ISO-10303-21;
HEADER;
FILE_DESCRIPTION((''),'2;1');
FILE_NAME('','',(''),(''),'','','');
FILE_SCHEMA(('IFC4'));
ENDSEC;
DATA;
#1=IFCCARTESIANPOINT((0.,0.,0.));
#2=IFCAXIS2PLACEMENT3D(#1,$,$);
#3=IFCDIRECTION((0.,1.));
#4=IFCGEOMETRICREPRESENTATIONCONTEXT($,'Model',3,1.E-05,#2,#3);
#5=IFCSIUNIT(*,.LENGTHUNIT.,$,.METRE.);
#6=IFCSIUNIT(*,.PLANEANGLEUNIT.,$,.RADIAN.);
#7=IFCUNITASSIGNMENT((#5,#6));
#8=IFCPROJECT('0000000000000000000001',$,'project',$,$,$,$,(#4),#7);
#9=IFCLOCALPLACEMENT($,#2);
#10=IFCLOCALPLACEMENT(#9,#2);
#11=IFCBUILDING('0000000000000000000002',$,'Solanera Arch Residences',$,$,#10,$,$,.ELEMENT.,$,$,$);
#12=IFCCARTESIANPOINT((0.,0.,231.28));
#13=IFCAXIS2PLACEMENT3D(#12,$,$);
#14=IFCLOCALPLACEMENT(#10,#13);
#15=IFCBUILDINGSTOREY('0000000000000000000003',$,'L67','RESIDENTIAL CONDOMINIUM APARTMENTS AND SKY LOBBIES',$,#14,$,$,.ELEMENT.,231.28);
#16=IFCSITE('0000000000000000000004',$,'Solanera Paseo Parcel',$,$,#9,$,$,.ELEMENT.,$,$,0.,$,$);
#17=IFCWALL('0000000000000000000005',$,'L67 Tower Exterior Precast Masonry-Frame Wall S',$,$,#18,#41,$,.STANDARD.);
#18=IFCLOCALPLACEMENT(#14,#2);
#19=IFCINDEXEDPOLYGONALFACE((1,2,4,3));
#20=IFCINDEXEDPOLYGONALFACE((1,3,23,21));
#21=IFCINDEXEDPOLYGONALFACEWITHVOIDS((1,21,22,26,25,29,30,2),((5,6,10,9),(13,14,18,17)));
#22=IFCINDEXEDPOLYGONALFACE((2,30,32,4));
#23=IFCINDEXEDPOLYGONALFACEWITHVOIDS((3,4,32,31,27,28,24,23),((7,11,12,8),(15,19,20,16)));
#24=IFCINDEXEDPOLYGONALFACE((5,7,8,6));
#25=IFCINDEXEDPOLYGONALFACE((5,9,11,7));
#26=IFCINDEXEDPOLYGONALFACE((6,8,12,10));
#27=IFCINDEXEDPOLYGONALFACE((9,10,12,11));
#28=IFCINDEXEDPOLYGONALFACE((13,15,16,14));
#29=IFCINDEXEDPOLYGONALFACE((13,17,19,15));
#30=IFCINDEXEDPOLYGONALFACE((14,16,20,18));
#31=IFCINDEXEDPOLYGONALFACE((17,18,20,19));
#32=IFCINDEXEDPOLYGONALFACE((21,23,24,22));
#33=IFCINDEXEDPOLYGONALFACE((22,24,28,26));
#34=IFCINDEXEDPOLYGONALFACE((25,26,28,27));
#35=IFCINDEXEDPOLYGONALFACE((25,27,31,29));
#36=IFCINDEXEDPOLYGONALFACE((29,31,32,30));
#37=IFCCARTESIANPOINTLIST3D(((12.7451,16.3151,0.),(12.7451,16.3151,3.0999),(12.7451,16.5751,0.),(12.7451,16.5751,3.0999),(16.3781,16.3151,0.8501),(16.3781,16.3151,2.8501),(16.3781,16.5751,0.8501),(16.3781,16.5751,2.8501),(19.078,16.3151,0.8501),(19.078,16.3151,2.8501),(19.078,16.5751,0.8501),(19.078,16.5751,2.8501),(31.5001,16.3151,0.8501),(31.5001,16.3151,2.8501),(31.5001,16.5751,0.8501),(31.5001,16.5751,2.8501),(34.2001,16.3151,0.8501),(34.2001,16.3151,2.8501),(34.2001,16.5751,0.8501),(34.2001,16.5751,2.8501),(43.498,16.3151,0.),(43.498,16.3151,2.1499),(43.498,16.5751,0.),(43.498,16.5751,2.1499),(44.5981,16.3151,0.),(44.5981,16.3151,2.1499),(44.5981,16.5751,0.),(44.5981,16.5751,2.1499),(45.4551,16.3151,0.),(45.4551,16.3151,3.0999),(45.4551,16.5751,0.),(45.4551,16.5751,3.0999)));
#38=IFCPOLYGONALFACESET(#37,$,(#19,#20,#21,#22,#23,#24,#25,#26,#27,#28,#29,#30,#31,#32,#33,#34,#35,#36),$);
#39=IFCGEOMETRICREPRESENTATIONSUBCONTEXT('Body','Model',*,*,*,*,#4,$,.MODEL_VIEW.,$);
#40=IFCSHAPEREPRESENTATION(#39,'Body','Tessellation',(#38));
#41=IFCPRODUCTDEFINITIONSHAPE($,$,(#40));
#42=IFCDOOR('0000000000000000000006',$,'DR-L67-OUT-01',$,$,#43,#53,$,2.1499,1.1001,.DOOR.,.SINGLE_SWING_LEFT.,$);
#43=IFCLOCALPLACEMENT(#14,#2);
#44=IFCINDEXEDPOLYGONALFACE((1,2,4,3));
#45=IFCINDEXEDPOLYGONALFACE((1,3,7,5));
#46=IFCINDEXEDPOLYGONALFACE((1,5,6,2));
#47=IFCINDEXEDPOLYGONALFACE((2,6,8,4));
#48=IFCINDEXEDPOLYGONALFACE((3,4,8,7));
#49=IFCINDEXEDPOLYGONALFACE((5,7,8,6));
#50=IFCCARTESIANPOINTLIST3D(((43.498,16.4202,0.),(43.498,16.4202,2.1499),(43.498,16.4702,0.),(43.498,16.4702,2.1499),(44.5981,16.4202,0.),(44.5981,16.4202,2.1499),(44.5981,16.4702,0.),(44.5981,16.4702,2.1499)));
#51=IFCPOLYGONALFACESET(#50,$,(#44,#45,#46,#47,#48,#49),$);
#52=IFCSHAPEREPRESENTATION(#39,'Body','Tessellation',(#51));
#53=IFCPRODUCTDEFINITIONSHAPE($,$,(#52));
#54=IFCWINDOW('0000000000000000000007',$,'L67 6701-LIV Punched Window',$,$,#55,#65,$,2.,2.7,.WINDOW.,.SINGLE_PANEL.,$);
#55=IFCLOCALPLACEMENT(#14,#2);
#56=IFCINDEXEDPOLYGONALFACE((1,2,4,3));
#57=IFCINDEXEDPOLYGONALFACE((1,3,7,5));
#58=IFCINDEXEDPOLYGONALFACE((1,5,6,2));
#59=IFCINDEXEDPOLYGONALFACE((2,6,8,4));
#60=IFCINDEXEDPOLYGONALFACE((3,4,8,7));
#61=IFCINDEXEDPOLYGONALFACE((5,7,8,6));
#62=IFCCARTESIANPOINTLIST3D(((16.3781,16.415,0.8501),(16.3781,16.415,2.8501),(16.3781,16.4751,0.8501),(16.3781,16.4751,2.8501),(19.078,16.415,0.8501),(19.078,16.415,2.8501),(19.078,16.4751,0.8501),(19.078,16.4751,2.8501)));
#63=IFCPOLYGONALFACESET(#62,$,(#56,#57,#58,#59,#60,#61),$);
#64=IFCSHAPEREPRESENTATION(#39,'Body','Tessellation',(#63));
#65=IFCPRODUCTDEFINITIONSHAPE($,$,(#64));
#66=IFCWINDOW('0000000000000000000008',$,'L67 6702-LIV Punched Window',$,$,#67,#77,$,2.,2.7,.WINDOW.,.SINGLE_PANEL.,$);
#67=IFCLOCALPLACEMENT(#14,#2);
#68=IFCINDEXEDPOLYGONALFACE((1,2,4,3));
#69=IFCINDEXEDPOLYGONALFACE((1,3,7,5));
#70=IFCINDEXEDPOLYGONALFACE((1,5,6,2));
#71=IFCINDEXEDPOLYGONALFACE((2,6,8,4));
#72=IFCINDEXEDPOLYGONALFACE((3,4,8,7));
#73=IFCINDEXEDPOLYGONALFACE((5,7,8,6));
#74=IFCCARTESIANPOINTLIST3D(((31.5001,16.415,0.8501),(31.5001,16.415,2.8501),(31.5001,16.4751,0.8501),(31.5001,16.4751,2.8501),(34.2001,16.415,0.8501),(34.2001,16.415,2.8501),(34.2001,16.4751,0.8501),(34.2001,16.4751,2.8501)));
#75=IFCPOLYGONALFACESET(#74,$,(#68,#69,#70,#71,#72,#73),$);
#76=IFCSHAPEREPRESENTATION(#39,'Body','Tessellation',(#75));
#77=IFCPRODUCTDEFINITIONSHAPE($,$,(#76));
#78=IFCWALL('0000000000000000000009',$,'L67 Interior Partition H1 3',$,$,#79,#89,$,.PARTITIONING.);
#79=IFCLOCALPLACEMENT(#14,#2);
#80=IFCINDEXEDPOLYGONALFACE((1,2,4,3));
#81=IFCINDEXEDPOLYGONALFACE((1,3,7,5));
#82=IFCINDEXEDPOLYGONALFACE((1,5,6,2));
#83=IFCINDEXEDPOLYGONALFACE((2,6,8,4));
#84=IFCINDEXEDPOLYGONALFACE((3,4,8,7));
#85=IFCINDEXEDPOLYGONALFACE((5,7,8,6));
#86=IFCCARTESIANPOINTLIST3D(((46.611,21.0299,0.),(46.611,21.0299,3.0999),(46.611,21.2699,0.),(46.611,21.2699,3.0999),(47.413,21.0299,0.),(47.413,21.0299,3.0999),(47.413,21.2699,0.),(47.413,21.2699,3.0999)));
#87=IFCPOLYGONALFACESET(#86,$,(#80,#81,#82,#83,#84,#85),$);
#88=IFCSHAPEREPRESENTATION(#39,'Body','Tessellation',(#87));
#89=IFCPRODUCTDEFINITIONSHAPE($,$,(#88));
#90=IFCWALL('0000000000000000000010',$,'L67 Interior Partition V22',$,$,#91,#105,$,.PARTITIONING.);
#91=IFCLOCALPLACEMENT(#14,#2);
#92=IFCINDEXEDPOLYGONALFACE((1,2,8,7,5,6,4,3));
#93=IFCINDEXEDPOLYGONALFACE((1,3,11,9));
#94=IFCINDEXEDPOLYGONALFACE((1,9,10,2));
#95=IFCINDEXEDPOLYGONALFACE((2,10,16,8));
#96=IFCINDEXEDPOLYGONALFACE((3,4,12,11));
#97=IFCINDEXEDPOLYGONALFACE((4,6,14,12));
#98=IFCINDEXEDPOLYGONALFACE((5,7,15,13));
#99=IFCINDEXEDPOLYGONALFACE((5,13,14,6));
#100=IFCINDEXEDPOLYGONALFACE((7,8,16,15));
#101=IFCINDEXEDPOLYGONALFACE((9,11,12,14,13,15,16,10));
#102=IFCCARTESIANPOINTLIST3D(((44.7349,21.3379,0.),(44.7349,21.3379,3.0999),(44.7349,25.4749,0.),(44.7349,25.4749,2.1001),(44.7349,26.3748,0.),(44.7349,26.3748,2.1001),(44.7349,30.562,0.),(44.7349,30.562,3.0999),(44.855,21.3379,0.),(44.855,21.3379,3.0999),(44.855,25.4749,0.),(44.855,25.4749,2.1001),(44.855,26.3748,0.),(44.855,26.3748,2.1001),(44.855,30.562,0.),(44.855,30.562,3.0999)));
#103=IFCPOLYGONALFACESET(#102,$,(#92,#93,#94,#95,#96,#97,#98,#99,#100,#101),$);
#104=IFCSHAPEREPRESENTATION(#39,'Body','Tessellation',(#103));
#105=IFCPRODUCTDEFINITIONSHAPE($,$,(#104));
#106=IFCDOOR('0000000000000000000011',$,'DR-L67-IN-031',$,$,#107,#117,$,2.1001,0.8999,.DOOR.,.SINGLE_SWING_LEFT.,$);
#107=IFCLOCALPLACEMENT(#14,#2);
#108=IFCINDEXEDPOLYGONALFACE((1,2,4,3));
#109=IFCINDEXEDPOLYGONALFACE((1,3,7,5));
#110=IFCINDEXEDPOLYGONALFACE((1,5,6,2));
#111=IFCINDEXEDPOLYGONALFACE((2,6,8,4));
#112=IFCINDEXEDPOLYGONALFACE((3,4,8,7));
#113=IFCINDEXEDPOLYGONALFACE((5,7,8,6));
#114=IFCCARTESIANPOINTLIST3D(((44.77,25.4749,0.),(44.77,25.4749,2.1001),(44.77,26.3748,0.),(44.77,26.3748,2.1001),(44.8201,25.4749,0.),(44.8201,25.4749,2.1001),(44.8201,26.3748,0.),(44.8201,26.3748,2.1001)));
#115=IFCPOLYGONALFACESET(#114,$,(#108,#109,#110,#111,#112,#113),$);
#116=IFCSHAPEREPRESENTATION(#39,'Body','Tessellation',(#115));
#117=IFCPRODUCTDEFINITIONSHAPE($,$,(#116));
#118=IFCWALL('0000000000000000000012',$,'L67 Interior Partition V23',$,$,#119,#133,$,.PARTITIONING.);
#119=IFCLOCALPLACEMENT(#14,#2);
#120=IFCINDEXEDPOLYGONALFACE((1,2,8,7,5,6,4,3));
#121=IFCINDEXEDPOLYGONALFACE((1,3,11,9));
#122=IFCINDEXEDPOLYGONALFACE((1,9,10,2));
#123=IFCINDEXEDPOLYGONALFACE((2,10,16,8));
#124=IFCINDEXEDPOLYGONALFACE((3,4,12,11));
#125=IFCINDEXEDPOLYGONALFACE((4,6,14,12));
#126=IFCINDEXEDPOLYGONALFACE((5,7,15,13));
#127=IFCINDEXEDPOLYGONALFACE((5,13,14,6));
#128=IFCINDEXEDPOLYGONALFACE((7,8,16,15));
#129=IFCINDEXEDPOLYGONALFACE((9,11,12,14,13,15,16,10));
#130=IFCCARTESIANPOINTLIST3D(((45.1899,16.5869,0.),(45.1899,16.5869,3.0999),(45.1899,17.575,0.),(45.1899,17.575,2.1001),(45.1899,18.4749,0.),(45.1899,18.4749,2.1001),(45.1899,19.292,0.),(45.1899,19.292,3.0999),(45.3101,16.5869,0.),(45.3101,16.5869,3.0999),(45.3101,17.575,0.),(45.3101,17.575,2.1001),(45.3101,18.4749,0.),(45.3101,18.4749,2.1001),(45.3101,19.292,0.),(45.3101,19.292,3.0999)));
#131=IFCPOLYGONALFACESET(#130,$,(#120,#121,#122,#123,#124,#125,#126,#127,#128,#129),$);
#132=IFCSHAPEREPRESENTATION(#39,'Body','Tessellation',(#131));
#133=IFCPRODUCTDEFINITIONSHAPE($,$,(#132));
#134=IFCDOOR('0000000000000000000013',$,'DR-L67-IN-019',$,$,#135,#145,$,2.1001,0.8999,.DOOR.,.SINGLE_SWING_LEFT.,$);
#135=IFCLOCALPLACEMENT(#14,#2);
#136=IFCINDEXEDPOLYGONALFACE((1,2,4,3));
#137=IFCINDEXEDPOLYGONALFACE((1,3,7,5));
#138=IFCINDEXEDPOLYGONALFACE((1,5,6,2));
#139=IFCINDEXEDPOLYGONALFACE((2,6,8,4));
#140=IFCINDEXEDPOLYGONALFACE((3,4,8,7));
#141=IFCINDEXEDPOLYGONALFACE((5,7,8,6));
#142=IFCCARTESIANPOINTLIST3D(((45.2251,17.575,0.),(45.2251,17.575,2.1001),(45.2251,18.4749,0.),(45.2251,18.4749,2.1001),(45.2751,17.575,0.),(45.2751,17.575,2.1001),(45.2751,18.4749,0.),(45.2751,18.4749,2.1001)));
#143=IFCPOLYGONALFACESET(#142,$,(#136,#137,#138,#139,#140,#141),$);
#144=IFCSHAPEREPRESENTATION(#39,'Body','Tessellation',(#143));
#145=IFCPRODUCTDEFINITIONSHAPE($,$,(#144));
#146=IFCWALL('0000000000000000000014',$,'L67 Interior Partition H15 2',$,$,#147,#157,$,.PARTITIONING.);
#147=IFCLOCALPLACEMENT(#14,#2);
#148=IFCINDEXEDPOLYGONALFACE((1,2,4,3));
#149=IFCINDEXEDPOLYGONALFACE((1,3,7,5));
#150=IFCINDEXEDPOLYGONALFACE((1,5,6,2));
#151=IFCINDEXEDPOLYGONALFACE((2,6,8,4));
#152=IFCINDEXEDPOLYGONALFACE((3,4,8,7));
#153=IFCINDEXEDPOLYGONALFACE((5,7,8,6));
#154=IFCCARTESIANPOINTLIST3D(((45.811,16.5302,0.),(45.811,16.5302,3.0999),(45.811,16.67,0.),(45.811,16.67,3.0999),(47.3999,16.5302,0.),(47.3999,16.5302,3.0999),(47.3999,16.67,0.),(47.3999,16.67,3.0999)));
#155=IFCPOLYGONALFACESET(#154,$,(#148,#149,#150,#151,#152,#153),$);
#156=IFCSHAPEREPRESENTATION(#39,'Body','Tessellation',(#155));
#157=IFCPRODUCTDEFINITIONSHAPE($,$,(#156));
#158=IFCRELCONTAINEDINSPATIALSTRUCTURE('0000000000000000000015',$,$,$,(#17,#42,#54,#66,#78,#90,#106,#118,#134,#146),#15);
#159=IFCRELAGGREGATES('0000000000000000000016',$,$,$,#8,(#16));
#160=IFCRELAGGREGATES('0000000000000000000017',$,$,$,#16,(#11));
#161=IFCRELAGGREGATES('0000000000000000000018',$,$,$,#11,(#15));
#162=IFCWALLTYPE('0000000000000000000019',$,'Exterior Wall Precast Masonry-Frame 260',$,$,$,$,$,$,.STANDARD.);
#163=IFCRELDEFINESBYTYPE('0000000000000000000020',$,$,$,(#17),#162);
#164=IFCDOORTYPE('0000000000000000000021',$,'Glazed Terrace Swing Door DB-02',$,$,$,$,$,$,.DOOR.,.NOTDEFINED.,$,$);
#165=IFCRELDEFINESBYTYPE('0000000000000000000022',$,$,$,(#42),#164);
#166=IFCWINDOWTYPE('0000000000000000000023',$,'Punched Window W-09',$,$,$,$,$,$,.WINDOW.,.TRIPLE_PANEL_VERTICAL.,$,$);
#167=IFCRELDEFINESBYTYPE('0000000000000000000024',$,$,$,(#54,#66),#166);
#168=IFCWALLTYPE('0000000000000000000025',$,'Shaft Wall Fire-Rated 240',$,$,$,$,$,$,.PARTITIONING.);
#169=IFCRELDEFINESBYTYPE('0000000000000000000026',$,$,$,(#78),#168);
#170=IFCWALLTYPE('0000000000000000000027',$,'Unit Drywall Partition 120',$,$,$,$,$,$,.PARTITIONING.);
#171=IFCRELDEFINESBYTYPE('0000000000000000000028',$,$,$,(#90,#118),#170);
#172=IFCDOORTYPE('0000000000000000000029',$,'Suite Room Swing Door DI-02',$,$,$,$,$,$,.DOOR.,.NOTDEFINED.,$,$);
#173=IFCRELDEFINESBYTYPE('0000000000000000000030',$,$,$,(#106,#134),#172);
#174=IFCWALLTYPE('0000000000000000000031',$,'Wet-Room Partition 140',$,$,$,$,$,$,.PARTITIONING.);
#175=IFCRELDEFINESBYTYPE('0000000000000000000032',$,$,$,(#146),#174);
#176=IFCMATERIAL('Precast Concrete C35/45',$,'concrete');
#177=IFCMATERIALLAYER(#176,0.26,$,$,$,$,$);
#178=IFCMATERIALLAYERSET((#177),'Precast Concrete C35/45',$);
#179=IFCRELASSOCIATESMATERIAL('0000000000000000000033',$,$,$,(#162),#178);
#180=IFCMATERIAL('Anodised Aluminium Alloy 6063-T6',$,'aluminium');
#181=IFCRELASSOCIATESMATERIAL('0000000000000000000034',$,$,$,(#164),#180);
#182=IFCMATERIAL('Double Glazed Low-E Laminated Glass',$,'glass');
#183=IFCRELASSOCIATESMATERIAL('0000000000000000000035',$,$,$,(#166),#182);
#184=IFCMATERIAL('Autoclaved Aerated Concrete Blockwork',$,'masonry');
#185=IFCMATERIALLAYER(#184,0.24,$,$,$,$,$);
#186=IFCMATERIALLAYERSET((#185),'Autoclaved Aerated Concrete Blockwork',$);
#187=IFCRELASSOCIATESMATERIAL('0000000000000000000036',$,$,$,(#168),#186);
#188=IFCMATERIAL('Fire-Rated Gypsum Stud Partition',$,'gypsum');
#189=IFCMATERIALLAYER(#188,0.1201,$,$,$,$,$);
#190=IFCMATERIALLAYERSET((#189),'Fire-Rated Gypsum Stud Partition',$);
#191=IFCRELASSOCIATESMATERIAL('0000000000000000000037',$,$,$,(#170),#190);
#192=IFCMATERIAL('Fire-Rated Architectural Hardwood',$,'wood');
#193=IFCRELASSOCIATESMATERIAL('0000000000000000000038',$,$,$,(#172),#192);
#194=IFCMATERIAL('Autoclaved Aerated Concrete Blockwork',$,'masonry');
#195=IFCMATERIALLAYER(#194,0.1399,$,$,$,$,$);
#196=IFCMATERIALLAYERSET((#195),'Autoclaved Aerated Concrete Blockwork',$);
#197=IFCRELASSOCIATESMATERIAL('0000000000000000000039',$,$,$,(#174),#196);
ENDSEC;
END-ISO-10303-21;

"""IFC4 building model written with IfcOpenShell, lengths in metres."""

from ifc_helpers import new_model, si_unit, direction, frame, frame_2d, origin, place, context, subcontext, project, spatial, rectangle, extrude, material, layer, layer_set, type_object, element, fill, save


model = new_model("IFC4")

# Units and contexts
model_context = context("Model", 3, precision=1e-05, world=origin(), true_north=direction((0.0, 1.0)))
body_context = subcontext(model_context, "Body", "Model", "MODEL_VIEW")
ifc_project = project(units=[si_unit("LENGTHUNIT", "METRE"), si_unit("PLANEANGLEUNIT", "RADIAN")], contexts=[model_context])

# Site, building, storey
site_placement = place(None, origin())
site = spatial("IfcSite", under=ifc_project, at=site_placement, Name="Solanera Paseo Parcel", CompositionType="ELEMENT", RefElevation=0.0)
building_placement = place(site_placement, origin())
building = spatial("IfcBuilding", under=site, at=building_placement, Name="Solanera Arch Residences", CompositionType="ELEMENT")
storey_placement = place(building_placement, frame((0.0, 0.0, 231.28)))
storey = spatial("IfcBuildingStorey", under=building, at=storey_placement, Name="L67", Description="RESIDENTIAL CONDOMINIUM APARTMENTS AND SKY LOBBIES", CompositionType="ELEMENT", Elevation=231.28)

# Shared definitions
ifc_material_1 = material(Name="Precast Concrete C35/45", Category="concrete")
ifc_layer_1 = layer(ifc_material_1, 0.26)
ifc_layer_set_1 = layer_set([ifc_layer_1], Name="Precast Concrete C35/45")
wall_type_1 = type_object("IfcWallType", Name="Exterior Wall Precast Masonry-Frame 260", PredefinedType="STANDARD", material=ifc_layer_set_1)

# Wall, openings, door, windows
wall_1_placement = place(storey_placement, frame((45.4551, 16.4451, 0.0), z_axis=(0.0, 0.0, 1.0), x_axis=(-1.0, 0.0, 0.0)))
wall_1 = element("IfcWall", 1, at=wall_1_placement, inside=storey, type_object=wall_type_1, Name="L67 Tower Exterior Precast Masonry-Frame Wall S", PredefinedType="STANDARD", context=body_context, shape_type="SweptSolid", body=[
    extrude(rectangle(XDim=32.71, YDim=0.26, at=frame_2d((16.355, 0.0))), origin(), (0.0, 0.0, 1.0), 3.0999),
])
opening_1_placement = place(wall_1_placement, frame((0.8569, 0.0, 0.0)))
opening_1 = element("IfcOpeningElement", 2, at=opening_1_placement, cuts=wall_1, PredefinedType="OPENING", context=body_context, shape_type="SweptSolid", body=[
    extrude(rectangle(XDim=1.1001, YDim=2.1499, at=frame_2d((0.55, 1.075))), frame((0.0, 0.1399, 0.0), z_axis=(0.0, -1.0, 0.0), x_axis=(1.0, 0.0, 0.0)), (0.0, 0.0, 1.0), 0.28),
])
opening_2_placement = place(wall_1_placement, frame((26.377, 0.0, 0.8501)))
opening_2 = element("IfcOpeningElement", 3, at=opening_2_placement, cuts=wall_1, PredefinedType="OPENING", context=body_context, shape_type="SweptSolid", body=[
    extrude(rectangle(XDim=2.7, YDim=2.0, at=frame_2d((1.3501, 1.0))), frame((0.0, 0.1399, 0.0), z_axis=(0.0, -1.0, 0.0), x_axis=(1.0, 0.0, 0.0)), (0.0, 0.0, 1.0), 0.28),
])
opening_3_placement = place(wall_1_placement, frame((11.2549, 0.0, 0.8501)))
opening_3 = element("IfcOpeningElement", 4, at=opening_3_placement, cuts=wall_1, PredefinedType="OPENING", context=body_context, shape_type="SweptSolid", body=[
    extrude(rectangle(XDim=2.7, YDim=2.0, at=frame_2d((1.3501, 1.0))), frame((0.0, 0.1399, 0.0), z_axis=(0.0, -1.0, 0.0), x_axis=(1.0, 0.0, 0.0)), (0.0, 0.0, 1.0), 0.28),
])
ifc_material_2 = material(Name="Anodised Aluminium Alloy 6063-T6", Category="aluminium")
door_type_1 = type_object("IfcDoorType", Name="Glazed Terrace Swing Door DB-02", OperationType="NOTDEFINED", PredefinedType="DOOR", material=ifc_material_2)
door_1_placement = place(opening_1_placement, origin())
door_1 = element("IfcDoor", 5, at=door_1_placement, inside=storey, type_object=door_type_1, Name="DR-L67-OUT-01", OperationType="SINGLE_SWING_LEFT", OverallHeight=2.1499, OverallWidth=1.1001, PredefinedType="DOOR", context=body_context, shape_type="SweptSolid", body=[
    extrude(rectangle(XDim=1.1001, YDim=2.1499, at=frame_2d((0.55, 1.075))), frame((0.0, 0.0249, 0.0), z_axis=(0.0, -1.0, 0.0), x_axis=(1.0, 0.0, 0.0)), (0.0, 0.0, 1.0), 0.05),
])
fill(opening_1, door_1)
ifc_material_3 = material(Name="Double Glazed Low-E Laminated Glass", Category="glass")
window_type = type_object("IfcWindowType", Name="Punched Window W-09", PartitioningType="TRIPLE_PANEL_VERTICAL", PredefinedType="WINDOW", material=ifc_material_3)
window_1_placement = place(opening_2_placement, origin())
window_1 = element("IfcWindow", 6, at=window_1_placement, inside=storey, type_object=window_type, Name="L67 6701-LIV Punched Window", OverallHeight=2.0, OverallWidth=2.7, PartitioningType="SINGLE_PANEL", PredefinedType="WINDOW", context=body_context, shape_type="SweptSolid", body=[
    extrude(rectangle(XDim=2.7, YDim=2.0, at=frame_2d((1.3501, 1.0))), frame((0.0, 0.03, 0.0), z_axis=(0.0, -1.0, 0.0), x_axis=(1.0, 0.0, 0.0)), (0.0, 0.0, 1.0), 0.0601),
])
fill(opening_2, window_1)
window_2_placement = place(opening_3_placement, origin())
window_2 = element("IfcWindow", 7, at=window_2_placement, inside=storey, type_object=window_type, Name="L67 6702-LIV Punched Window", OverallHeight=2.0, OverallWidth=2.7, PartitioningType="SINGLE_PANEL", PredefinedType="WINDOW", context=body_context, shape_type="SweptSolid", body=[
    extrude(rectangle(XDim=2.7, YDim=2.0, at=frame_2d((1.3501, 1.0))), frame((0.0, 0.03, 0.0), z_axis=(0.0, -1.0, 0.0), x_axis=(1.0, 0.0, 0.0)), (0.0, 0.0, 1.0), 0.0601),
])
fill(opening_3, window_2)

# Wall
ifc_material_4 = material(Name="Autoclaved Aerated Concrete Blockwork", Category="masonry")
ifc_layer_2 = layer(ifc_material_4, 0.24)
ifc_layer_set_2 = layer_set([ifc_layer_2], Name="Autoclaved Aerated Concrete Blockwork")
wall_type_2 = type_object("IfcWallType", Name="Shaft Wall Fire-Rated 240", PredefinedType="PARTITIONING", material=ifc_layer_set_2)
wall_2_placement = place(storey_placement, frame((46.6111, 21.1499, 0.0), z_axis=(0.0, 0.0, 1.0), x_axis=(1.0, 0.0, 0.0)))
element("IfcWall", 8, at=wall_2_placement, inside=storey, type_object=wall_type_2, Name="L67 Interior Partition H1 3", PredefinedType="PARTITIONING", context=body_context, shape_type="SweptSolid", body=[
    extrude(rectangle(XDim=0.802, YDim=0.24, at=frame_2d((0.4009, 0.0))), origin(), (0.0, 0.0, 1.0), 3.0999),
])

# Walls, openings, doors
ifc_material_5 = material(Name="Fire-Rated Gypsum Stud Partition", Category="gypsum")
ifc_layer_3 = layer(ifc_material_5, 0.1201)
ifc_layer_set_3 = layer_set([ifc_layer_3], Name="Fire-Rated Gypsum Stud Partition")
wall_type_3 = type_object("IfcWallType", Name="Unit Drywall Partition 120", PredefinedType="PARTITIONING", material=ifc_layer_set_3)
wall_3_placement = place(storey_placement, frame((44.7949, 21.3379, 0.0), z_axis=(0.0, 0.0, 1.0), x_axis=(0.0, 1.0, 0.0)))
wall_3 = element("IfcWall", 9, at=wall_3_placement, inside=storey, type_object=wall_type_3, Name="L67 Interior Partition V22", PredefinedType="PARTITIONING", context=body_context, shape_type="SweptSolid", body=[
    extrude(rectangle(XDim=9.2241, YDim=0.1201, at=frame_2d((4.6121, 0.0))), origin(), (0.0, 0.0, 1.0), 3.0999),
])
opening_4_placement = place(wall_3_placement, frame((4.137, 0.0, 0.0)))
opening_4 = element("IfcOpeningElement", 10, at=opening_4_placement, cuts=wall_3, PredefinedType="OPENING", context=body_context, shape_type="SweptSolid", body=[
    extrude(rectangle(XDim=0.8999, YDim=2.1001, at=frame_2d((0.45, 1.05))), frame((0.0, 0.0701, 0.0), z_axis=(0.0, -1.0, 0.0), x_axis=(1.0, 0.0, 0.0)), (0.0, 0.0, 1.0), 0.1401),
])
ifc_material_6 = material(Name="Fire-Rated Architectural Hardwood", Category="wood")
door_type_2 = type_object("IfcDoorType", Name="Suite Room Swing Door DI-02", OperationType="NOTDEFINED", PredefinedType="DOOR", material=ifc_material_6)
door_2_placement = place(opening_4_placement, origin())
door_2 = element("IfcDoor", 11, at=door_2_placement, inside=storey, type_object=door_type_2, Name="DR-L67-IN-031", OperationType="SINGLE_SWING_LEFT", OverallHeight=2.1001, OverallWidth=0.8999, PredefinedType="DOOR", context=body_context, shape_type="SweptSolid", body=[
    extrude(rectangle(XDim=0.8999, YDim=2.1001, at=frame_2d((0.45, 1.05))), frame((0.0, 0.0249, 0.0), z_axis=(0.0, -1.0, 0.0), x_axis=(1.0, 0.0, 0.0)), (0.0, 0.0, 1.0), 0.05),
])
fill(opening_4, door_2)
wall_4_placement = place(storey_placement, frame((45.25, 16.5869, 0.0), z_axis=(0.0, 0.0, 1.0), x_axis=(0.0, 1.0, 0.0)))
wall_4 = element("IfcWall", 12, at=wall_4_placement, inside=storey, type_object=wall_type_3, Name="L67 Interior Partition V23", PredefinedType="PARTITIONING", context=body_context, shape_type="SweptSolid", body=[
    extrude(rectangle(XDim=2.7051, YDim=0.1201, at=frame_2d((1.3525, 0.0))), origin(), (0.0, 0.0, 1.0), 3.0999),
])
opening_5_placement = place(wall_4_placement, frame((0.988, 0.0, 0.0)))
opening_5 = element("IfcOpeningElement", 13, at=opening_5_placement, cuts=wall_4, PredefinedType="OPENING", context=body_context, shape_type="SweptSolid", body=[
    extrude(rectangle(XDim=0.8999, YDim=2.1001, at=frame_2d((0.45, 1.05))), frame((0.0, 0.0701, 0.0), z_axis=(0.0, -1.0, 0.0), x_axis=(1.0, 0.0, 0.0)), (0.0, 0.0, 1.0), 0.1401),
])
door_3_placement = place(opening_5_placement, origin())
door_3 = element("IfcDoor", 14, at=door_3_placement, inside=storey, type_object=door_type_2, Name="DR-L67-IN-019", OperationType="SINGLE_SWING_LEFT", OverallHeight=2.1001, OverallWidth=0.8999, PredefinedType="DOOR", context=body_context, shape_type="SweptSolid", body=[
    extrude(rectangle(XDim=0.8999, YDim=2.1001, at=frame_2d((0.45, 1.05))), frame((0.0, 0.0249, 0.0), z_axis=(0.0, -1.0, 0.0), x_axis=(1.0, 0.0, 0.0)), (0.0, 0.0, 1.0), 0.05),
])
fill(opening_5, door_3)

# Wall
ifc_material_7 = material(Name="Autoclaved Aerated Concrete Blockwork", Category="masonry")
ifc_layer_4 = layer(ifc_material_7, 0.1399)
ifc_layer_set_4 = layer_set([ifc_layer_4], Name="Autoclaved Aerated Concrete Blockwork")
wall_type_4 = type_object("IfcWallType", Name="Wet-Room Partition 140", PredefinedType="PARTITIONING", material=ifc_layer_set_4)
wall_5_placement = place(storey_placement, frame((45.811, 16.6001, 0.0), z_axis=(0.0, 0.0, 1.0), x_axis=(1.0, 0.0, 0.0)))
element("IfcWall", 15, at=wall_5_placement, inside=storey, type_object=wall_type_4, Name="L67 Interior Partition H15 2", PredefinedType="PARTITIONING", context=body_context, shape_type="SweptSolid", body=[
    extrude(rectangle(XDim=1.5889, YDim=0.1399, at=frame_2d((0.7944, 0.0))), origin(), (0.0, 0.0, 1.0), 3.0999),
])

save(model, "model.ifc")
